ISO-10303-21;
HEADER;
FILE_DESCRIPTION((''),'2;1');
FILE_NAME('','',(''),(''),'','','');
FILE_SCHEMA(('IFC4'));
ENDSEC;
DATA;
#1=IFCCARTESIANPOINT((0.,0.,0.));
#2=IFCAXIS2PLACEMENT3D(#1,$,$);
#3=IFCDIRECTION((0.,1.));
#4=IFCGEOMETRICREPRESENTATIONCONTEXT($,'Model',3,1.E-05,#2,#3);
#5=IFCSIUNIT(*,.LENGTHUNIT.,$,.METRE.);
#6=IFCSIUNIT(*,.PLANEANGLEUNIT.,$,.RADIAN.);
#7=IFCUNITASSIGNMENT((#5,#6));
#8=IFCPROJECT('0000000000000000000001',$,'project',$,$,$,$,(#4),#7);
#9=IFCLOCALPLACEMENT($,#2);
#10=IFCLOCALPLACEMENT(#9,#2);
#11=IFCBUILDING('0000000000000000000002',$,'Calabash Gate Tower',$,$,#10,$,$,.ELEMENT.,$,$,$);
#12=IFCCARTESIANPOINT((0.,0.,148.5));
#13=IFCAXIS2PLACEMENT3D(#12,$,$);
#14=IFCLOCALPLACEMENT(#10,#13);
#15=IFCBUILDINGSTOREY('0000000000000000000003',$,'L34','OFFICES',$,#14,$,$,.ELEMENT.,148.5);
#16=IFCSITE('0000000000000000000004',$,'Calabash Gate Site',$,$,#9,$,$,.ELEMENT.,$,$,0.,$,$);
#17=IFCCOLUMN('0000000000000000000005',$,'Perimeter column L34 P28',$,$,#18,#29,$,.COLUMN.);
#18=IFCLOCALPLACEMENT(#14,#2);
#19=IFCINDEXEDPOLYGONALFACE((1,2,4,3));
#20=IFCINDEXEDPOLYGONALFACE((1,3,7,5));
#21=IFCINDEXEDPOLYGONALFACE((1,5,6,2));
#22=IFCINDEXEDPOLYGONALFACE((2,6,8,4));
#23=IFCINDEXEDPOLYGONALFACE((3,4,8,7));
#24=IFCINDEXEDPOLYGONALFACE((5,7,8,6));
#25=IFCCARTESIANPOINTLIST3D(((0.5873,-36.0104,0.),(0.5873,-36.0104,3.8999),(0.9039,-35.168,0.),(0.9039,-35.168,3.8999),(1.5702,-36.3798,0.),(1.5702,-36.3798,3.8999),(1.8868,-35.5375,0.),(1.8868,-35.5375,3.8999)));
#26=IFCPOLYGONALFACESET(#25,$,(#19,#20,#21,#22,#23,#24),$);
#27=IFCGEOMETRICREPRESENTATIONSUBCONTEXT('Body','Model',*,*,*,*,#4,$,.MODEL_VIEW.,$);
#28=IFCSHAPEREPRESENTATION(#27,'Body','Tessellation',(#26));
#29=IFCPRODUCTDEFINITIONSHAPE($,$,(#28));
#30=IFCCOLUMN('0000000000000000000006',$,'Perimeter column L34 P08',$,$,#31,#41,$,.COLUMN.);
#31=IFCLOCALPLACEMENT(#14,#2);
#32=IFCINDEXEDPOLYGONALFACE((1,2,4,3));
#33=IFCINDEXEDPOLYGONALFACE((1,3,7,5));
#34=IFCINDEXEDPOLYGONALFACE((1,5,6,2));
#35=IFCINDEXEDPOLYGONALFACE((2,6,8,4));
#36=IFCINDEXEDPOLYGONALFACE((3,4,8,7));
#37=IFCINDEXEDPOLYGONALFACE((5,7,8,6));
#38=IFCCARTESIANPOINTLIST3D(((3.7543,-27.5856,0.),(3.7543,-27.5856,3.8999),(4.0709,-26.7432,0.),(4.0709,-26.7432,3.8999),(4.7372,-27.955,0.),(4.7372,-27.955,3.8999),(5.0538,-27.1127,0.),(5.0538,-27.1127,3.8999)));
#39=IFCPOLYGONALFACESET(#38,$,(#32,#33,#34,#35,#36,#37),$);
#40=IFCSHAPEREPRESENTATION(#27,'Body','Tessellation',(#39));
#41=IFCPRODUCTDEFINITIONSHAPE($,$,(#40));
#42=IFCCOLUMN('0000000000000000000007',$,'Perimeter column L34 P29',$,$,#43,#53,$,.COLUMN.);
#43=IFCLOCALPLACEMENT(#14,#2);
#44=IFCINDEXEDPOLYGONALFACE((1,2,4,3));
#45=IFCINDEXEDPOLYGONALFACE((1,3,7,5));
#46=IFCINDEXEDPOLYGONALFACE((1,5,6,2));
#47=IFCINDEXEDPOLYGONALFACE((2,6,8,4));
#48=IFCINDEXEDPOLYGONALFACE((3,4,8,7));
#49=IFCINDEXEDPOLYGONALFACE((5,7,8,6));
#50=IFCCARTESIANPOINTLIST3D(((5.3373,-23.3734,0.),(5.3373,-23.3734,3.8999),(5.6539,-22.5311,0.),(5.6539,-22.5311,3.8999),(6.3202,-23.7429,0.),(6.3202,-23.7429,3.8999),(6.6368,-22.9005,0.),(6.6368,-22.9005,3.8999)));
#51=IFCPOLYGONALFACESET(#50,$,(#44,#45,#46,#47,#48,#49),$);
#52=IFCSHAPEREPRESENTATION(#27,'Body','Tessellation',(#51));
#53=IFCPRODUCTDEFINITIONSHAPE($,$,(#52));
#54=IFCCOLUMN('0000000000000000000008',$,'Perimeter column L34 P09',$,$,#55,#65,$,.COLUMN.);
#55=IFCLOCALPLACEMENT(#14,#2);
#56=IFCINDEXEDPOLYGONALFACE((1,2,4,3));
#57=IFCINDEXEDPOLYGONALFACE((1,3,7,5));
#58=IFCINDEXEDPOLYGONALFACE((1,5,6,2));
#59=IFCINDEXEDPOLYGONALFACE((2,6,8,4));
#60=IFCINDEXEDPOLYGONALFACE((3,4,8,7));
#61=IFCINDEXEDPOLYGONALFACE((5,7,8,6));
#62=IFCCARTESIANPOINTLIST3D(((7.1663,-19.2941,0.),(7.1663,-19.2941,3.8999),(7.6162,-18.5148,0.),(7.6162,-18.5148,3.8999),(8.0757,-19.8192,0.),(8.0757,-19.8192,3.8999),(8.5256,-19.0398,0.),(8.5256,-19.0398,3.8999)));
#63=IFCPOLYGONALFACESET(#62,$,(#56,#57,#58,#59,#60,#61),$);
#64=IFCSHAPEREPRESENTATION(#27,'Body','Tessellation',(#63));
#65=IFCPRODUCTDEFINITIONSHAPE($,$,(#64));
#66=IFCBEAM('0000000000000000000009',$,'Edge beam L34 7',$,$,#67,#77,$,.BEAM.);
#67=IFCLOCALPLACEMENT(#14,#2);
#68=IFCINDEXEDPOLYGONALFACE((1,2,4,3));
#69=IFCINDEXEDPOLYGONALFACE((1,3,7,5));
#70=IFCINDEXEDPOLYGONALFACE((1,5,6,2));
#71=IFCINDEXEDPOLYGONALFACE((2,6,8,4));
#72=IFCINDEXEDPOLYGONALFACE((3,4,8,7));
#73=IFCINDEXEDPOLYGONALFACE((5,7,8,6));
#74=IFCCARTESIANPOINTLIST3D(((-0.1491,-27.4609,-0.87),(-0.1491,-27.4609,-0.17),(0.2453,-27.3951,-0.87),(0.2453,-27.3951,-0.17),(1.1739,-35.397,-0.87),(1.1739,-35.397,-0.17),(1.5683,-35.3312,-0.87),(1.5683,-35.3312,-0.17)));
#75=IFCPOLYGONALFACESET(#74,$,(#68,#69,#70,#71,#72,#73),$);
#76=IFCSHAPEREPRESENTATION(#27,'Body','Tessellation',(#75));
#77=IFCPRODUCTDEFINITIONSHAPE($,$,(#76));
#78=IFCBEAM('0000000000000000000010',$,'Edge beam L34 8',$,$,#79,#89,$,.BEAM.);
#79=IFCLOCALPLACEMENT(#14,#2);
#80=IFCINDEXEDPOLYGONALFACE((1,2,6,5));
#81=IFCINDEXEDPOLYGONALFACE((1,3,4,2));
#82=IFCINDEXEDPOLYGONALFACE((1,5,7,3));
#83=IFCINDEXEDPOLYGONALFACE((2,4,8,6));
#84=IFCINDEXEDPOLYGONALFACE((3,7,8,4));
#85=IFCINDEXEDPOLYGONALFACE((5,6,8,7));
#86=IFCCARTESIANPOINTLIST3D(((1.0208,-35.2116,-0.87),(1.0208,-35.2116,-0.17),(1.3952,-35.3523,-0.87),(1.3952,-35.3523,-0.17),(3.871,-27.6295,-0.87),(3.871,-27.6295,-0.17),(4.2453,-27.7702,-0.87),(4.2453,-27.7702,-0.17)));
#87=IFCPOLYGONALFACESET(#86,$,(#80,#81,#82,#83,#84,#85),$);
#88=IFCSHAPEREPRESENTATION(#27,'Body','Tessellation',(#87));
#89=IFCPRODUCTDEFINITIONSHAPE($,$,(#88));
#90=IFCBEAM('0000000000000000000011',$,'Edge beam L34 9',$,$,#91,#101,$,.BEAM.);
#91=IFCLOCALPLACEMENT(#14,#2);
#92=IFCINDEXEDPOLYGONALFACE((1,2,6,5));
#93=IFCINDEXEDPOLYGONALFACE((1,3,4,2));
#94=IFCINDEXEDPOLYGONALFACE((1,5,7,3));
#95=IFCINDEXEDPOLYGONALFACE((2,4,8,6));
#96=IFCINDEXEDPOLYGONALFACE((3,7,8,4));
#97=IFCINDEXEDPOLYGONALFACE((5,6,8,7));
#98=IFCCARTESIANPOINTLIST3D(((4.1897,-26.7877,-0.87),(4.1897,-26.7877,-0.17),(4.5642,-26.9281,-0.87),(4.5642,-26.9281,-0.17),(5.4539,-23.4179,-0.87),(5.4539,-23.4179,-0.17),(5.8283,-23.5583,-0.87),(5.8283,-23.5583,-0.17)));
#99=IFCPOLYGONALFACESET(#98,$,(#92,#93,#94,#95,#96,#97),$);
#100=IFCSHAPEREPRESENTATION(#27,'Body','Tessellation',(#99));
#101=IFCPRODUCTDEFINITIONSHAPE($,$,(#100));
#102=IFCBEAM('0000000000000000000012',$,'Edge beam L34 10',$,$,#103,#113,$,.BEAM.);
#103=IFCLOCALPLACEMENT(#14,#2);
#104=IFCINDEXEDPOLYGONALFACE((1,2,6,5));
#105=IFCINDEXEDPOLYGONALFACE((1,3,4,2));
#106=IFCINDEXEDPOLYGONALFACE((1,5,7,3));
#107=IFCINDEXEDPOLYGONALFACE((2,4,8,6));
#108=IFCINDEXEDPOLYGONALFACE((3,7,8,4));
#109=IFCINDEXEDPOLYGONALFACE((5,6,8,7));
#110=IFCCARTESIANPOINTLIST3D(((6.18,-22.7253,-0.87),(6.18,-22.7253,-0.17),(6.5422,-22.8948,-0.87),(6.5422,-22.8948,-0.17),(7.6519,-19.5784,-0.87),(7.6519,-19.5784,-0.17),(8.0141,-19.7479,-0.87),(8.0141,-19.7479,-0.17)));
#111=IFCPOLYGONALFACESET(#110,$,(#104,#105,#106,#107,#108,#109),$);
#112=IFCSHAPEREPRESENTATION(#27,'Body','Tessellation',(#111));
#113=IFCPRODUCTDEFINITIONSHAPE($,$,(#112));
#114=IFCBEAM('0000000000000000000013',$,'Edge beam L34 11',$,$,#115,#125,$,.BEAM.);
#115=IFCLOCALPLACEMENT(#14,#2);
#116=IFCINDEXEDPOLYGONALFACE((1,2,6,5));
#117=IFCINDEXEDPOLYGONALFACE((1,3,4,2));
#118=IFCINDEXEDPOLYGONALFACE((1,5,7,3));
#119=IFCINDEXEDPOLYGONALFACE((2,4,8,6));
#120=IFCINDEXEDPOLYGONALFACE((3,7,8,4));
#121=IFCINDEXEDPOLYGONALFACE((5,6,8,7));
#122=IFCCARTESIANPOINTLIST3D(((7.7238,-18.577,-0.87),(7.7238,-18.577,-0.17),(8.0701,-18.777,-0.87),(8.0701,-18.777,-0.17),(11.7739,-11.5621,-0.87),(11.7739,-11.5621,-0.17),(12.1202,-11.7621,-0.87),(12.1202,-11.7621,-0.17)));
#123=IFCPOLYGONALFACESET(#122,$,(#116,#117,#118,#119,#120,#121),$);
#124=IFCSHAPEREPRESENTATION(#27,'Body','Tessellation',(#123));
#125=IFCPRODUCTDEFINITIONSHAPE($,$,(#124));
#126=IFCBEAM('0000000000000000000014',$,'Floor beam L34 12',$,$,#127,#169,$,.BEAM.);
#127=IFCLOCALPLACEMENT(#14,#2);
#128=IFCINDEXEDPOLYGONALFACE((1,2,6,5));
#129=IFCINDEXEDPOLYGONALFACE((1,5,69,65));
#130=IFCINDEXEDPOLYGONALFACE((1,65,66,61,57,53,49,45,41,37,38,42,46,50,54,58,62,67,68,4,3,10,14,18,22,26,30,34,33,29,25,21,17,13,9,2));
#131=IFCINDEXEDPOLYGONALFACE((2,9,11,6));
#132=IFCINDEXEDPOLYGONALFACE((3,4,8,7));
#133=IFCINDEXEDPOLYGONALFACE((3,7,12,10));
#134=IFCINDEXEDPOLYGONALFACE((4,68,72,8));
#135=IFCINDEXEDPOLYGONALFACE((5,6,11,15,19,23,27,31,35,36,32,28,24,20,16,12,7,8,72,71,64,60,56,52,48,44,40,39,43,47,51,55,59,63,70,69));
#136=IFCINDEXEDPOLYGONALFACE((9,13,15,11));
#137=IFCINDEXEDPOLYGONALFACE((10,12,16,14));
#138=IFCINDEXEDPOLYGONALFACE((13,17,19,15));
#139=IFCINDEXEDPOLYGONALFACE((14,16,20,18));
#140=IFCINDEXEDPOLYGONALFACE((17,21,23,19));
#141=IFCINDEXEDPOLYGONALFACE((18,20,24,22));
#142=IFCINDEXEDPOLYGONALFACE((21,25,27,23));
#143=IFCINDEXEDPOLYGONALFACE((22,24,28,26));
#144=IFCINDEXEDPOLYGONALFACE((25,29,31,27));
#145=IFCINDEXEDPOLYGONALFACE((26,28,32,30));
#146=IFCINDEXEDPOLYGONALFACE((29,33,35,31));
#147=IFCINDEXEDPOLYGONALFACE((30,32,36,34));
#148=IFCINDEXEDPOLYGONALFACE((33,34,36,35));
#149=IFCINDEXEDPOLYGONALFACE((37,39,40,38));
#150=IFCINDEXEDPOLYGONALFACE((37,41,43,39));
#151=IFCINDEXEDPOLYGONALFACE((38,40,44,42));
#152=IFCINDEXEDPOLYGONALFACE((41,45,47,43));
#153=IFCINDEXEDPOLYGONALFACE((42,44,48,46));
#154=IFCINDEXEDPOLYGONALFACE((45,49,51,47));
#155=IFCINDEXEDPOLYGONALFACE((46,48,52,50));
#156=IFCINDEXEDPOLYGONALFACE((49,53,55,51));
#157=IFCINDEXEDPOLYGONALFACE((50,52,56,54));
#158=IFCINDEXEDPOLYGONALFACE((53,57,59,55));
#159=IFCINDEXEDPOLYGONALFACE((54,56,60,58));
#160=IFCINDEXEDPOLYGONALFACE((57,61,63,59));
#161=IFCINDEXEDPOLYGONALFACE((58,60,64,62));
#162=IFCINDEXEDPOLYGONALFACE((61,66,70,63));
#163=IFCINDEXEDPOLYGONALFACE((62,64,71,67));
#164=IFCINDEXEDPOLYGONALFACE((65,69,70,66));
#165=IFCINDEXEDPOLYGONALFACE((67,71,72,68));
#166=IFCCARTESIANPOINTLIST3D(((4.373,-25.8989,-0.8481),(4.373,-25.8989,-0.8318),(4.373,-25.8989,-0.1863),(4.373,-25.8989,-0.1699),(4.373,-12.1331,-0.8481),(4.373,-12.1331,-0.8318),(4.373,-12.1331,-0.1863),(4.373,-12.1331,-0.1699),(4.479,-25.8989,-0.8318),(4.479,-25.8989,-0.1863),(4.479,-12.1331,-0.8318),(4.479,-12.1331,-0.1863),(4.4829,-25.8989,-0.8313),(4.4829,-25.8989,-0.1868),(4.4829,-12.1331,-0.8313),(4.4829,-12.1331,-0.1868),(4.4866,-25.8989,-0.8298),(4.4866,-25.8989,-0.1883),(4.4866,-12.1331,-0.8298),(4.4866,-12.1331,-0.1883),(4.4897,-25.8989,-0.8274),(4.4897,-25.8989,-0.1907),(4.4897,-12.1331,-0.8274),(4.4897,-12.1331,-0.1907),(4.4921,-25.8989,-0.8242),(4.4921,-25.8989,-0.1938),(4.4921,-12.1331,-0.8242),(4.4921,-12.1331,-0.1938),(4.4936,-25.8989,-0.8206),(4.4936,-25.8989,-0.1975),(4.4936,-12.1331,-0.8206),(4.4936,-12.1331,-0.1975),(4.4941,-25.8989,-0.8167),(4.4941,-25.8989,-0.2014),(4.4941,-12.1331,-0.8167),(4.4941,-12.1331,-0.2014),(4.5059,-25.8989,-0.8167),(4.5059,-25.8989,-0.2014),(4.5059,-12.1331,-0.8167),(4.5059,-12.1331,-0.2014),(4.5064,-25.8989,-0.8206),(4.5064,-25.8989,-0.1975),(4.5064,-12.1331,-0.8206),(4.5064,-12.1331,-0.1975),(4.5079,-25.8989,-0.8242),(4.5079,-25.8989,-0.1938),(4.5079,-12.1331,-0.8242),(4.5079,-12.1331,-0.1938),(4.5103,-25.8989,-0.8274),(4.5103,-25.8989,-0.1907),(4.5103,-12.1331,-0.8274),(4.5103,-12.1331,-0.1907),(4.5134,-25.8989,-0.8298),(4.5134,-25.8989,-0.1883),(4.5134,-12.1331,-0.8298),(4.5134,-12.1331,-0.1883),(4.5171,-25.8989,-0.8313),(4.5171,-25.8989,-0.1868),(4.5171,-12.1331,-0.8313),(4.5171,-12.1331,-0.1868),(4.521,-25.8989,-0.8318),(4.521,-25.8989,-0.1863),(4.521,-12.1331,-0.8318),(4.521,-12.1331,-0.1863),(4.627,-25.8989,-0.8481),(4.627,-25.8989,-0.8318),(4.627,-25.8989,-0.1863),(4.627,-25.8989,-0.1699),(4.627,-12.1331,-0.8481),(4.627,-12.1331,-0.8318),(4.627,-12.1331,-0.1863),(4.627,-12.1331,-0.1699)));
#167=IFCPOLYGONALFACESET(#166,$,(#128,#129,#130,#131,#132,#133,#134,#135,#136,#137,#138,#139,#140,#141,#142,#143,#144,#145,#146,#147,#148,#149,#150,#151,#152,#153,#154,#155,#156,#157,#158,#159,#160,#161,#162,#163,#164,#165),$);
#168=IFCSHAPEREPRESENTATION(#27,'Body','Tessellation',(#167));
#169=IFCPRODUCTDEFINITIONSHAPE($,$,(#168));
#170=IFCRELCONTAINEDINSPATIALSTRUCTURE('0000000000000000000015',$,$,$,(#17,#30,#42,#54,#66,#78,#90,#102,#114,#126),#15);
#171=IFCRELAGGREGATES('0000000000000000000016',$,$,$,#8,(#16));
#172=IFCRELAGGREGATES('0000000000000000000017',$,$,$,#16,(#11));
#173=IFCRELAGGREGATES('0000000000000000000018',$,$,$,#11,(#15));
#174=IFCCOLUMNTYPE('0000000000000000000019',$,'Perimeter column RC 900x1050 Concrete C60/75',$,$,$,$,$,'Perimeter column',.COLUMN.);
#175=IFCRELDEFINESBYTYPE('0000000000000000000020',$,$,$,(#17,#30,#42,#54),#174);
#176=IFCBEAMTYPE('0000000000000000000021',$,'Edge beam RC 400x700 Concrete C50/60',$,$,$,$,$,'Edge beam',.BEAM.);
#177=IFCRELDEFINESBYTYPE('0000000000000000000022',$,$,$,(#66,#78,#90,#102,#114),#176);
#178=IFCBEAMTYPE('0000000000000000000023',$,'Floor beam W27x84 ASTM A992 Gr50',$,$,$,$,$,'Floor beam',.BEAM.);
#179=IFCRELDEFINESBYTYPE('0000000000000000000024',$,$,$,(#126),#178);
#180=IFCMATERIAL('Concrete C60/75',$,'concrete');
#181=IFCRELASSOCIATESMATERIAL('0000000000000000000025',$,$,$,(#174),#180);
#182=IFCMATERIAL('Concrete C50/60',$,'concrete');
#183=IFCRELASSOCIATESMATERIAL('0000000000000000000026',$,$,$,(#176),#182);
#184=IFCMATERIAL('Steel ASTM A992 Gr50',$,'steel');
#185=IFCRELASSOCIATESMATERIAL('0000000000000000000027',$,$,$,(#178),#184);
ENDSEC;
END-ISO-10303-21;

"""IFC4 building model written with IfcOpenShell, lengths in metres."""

from ifc_helpers import new_model, si_unit, direction, frame, origin, origin_2d, place, context, subcontext, project, spatial, rectangle, i_section, extrude, material, material_profile, profile_set, type_object, element, save


model = new_model("IFC4")

# Units and contexts
model_context = context("Model", 3, precision=1e-05, world=origin(), true_north=direction((0.0, 1.0)))
body_context = subcontext(model_context, "Body", "Model", "MODEL_VIEW")
ifc_project = project(units=[si_unit("LENGTHUNIT", "METRE"), si_unit("PLANEANGLEUNIT", "RADIAN")], contexts=[model_context])

# Site, building, storey
site_placement = place(None, origin())
site = spatial("IfcSite", under=ifc_project, at=site_placement, Name="Calabash Gate Site", CompositionType="ELEMENT", RefElevation=0.0)
building_placement = place(site_placement, origin())
building = spatial("IfcBuilding", under=site, at=building_placement, Name="Calabash Gate Tower", CompositionType="ELEMENT")
storey_placement = place(building_placement, frame((0.0, 0.0, 148.5)))
storey = spatial("IfcBuildingStorey", under=building, at=storey_placement, Name="L34", Description="OFFICES", CompositionType="ELEMENT", Elevation=148.5)

# Columns
ifc_material_1 = material(Name="Concrete C60/75", Category="concrete")
ifc_material_profile_1 = material_profile(ifc_material_1, rectangle(XDim=0.8999, YDim=1.05, at=origin_2d()))
ifc_profile_set_1 = profile_set([ifc_material_profile_1], Name="Concrete C60/75")
column_type = type_object("IfcColumnType", Name="Perimeter column RC 900x1050 Concrete C60/75", ElementType="Perimeter column", PredefinedType="COLUMN", material=ifc_profile_set_1)
for number, where, z_axis, x_axis, name in (
    (1, (1.2371, -35.7739, 0.0), (0.0, 0.0, 1.0), (0.351823, 0.936067, 0.0), "Perimeter column L34 P28"),
    (2, (4.4041, -27.3491, 0.0), (0.0, 0.0, 1.0), (0.351823, 0.936067, 0.0), "Perimeter column L34 P08"),
    (3, (5.9871, -23.137, 0.0), (0.0, 0.0, 1.0), (0.351823, 0.936067, 0.0), "Perimeter column L34 P29"),
    (4, (7.8459, -19.167, 0.0), (0.0, 0.0, 1.0), (0.5, 0.866025, 0.0), "Perimeter column L34 P09"),
):
    element("IfcColumn", number, at=place(storey_placement, frame(where, z_axis=z_axis, x_axis=x_axis)), inside=storey, type_object=column_type, Name=name, PredefinedType="COLUMN", context=body_context, shape_type="SweptSolid", body=[
        extrude(rectangle(XDim=0.8999, YDim=1.05, at=origin_2d()), origin(), (0.0, 0.0, 1.0), 3.8999),
    ])

# Beams
ifc_material_2 = material(Name="Concrete C50/60", Category="concrete")
ifc_material_profile_2 = material_profile(ifc_material_2, rectangle(XDim=0.3999, YDim=0.7, at=origin_2d()))
ifc_profile_set_2 = profile_set([ifc_material_profile_2], Name="Concrete C50/60")
beam_type_1 = type_object("IfcBeamType", Name="Edge beam RC 400x700 Concrete C50/60", ElementType="Edge beam", PredefinedType="BEAM", material=ifc_profile_set_2)
beam_1_placement = place(storey_placement, frame((0.0481, -27.428, -0.52), z_axis=(0.164438, -0.986387, 0.0), x_axis=(0.986387, 0.164438, 0.0)))
element("IfcBeam", 5, at=beam_1_placement, inside=storey, type_object=beam_type_1, Name="Edge beam L34 7", PredefinedType="BEAM", context=body_context, shape_type="SweptSolid", body=[
    extrude(rectangle(XDim=0.3999, YDim=0.7, at=origin_2d()), origin(), (0.0, 0.0, 1.0), 8.0457),
])
beam_2_placement = place(storey_placement, frame((1.208, -35.282, -0.52), z_axis=(0.351863, 0.936051, 0.0), x_axis=(-0.936051, 0.351863, 0.0)))
element("IfcBeam", 6, at=beam_2_placement, inside=storey, type_object=beam_type_1, Name="Edge beam L34 8", PredefinedType="BEAM", context=body_context, shape_type="SweptSolid", body=[
    extrude(rectangle(XDim=0.3999, YDim=0.7, at=origin_2d()), origin(), (0.0, 0.0, 1.0), 8.1001),
])
beam_3_placement = place(storey_placement, frame((4.377, -26.8579, -0.52), z_axis=(0.351235, 0.936287, 0.0), x_axis=(-0.936287, 0.351235, 0.0)))
element("IfcBeam", 7, at=beam_3_placement, inside=storey, type_object=beam_type_1, Name="Edge beam L34 9", PredefinedType="BEAM", context=body_context, shape_type="SweptSolid", body=[
    extrude(rectangle(XDim=0.3999, YDim=0.7, at=origin_2d()), origin(), (0.0, 0.0, 1.0), 3.5991),
])
beam_4_placement = place(storey_placement, frame((6.3611, -22.8101, -0.52), z_axis=(0.423674, 0.905815, 0.0), x_axis=(-0.905815, 0.423674, 0.0)))
element("IfcBeam", 8, at=beam_4_placement, inside=storey, type_object=beam_type_1, Name="Edge beam L34 10", PredefinedType="BEAM", context=body_context, shape_type="SweptSolid", body=[
    extrude(rectangle(XDim=0.3999, YDim=0.7, at=origin_2d()), origin(), (0.0, 0.0, 1.0), 3.4741),
])
beam_5_placement = place(storey_placement, frame((7.897, -18.677, -0.52), z_axis=(0.5, 0.866025, 0.0), x_axis=(-0.866025, 0.5, 0.0)))
element("IfcBeam", 9, at=beam_5_placement, inside=storey, type_object=beam_type_1, Name="Edge beam L34 11", PredefinedType="BEAM", context=body_context, shape_type="SweptSolid", body=[
    extrude(rectangle(XDim=0.3999, YDim=0.7, at=origin_2d()), origin(), (0.0, 0.0, 1.0), 8.1001),
])
ifc_material_3 = material(Name="Steel ASTM A992 Gr50", Category="steel")
ifc_material_profile_3 = material_profile(ifc_material_3, i_section(OverallWidth=0.2539, OverallDepth=0.6782, WebThickness=0.0117, FlangeThickness=0.0164, FilletRadius=0.0151, at=origin_2d()))
ifc_profile_set_3 = profile_set([ifc_material_profile_3], Name="Steel ASTM A992 Gr50")
beam_type_2 = type_object("IfcBeamType", Name="Floor beam W27x84 ASTM A992 Gr50", ElementType="Floor beam", PredefinedType="BEAM", material=ifc_profile_set_3)
beam_6_placement = place(storey_placement, frame((4.5, -25.8989, -0.509), z_axis=(0.0, 1.0, 0.0), x_axis=(-1.0, 0.0, 0.0)))
element("IfcBeam", 10, at=beam_6_placement, inside=storey, type_object=beam_type_2, Name="Floor beam L34 12", PredefinedType="BEAM", context=body_context, shape_type="SweptSolid", body=[
    extrude(i_section(OverallWidth=0.2539, OverallDepth=0.6782, WebThickness=0.0117, FlangeThickness=0.0164, FilletRadius=0.0151, at=origin_2d()), origin(), (0.0, 0.0, 1.0), 13.7659),
])

save(model, "model.ifc")
